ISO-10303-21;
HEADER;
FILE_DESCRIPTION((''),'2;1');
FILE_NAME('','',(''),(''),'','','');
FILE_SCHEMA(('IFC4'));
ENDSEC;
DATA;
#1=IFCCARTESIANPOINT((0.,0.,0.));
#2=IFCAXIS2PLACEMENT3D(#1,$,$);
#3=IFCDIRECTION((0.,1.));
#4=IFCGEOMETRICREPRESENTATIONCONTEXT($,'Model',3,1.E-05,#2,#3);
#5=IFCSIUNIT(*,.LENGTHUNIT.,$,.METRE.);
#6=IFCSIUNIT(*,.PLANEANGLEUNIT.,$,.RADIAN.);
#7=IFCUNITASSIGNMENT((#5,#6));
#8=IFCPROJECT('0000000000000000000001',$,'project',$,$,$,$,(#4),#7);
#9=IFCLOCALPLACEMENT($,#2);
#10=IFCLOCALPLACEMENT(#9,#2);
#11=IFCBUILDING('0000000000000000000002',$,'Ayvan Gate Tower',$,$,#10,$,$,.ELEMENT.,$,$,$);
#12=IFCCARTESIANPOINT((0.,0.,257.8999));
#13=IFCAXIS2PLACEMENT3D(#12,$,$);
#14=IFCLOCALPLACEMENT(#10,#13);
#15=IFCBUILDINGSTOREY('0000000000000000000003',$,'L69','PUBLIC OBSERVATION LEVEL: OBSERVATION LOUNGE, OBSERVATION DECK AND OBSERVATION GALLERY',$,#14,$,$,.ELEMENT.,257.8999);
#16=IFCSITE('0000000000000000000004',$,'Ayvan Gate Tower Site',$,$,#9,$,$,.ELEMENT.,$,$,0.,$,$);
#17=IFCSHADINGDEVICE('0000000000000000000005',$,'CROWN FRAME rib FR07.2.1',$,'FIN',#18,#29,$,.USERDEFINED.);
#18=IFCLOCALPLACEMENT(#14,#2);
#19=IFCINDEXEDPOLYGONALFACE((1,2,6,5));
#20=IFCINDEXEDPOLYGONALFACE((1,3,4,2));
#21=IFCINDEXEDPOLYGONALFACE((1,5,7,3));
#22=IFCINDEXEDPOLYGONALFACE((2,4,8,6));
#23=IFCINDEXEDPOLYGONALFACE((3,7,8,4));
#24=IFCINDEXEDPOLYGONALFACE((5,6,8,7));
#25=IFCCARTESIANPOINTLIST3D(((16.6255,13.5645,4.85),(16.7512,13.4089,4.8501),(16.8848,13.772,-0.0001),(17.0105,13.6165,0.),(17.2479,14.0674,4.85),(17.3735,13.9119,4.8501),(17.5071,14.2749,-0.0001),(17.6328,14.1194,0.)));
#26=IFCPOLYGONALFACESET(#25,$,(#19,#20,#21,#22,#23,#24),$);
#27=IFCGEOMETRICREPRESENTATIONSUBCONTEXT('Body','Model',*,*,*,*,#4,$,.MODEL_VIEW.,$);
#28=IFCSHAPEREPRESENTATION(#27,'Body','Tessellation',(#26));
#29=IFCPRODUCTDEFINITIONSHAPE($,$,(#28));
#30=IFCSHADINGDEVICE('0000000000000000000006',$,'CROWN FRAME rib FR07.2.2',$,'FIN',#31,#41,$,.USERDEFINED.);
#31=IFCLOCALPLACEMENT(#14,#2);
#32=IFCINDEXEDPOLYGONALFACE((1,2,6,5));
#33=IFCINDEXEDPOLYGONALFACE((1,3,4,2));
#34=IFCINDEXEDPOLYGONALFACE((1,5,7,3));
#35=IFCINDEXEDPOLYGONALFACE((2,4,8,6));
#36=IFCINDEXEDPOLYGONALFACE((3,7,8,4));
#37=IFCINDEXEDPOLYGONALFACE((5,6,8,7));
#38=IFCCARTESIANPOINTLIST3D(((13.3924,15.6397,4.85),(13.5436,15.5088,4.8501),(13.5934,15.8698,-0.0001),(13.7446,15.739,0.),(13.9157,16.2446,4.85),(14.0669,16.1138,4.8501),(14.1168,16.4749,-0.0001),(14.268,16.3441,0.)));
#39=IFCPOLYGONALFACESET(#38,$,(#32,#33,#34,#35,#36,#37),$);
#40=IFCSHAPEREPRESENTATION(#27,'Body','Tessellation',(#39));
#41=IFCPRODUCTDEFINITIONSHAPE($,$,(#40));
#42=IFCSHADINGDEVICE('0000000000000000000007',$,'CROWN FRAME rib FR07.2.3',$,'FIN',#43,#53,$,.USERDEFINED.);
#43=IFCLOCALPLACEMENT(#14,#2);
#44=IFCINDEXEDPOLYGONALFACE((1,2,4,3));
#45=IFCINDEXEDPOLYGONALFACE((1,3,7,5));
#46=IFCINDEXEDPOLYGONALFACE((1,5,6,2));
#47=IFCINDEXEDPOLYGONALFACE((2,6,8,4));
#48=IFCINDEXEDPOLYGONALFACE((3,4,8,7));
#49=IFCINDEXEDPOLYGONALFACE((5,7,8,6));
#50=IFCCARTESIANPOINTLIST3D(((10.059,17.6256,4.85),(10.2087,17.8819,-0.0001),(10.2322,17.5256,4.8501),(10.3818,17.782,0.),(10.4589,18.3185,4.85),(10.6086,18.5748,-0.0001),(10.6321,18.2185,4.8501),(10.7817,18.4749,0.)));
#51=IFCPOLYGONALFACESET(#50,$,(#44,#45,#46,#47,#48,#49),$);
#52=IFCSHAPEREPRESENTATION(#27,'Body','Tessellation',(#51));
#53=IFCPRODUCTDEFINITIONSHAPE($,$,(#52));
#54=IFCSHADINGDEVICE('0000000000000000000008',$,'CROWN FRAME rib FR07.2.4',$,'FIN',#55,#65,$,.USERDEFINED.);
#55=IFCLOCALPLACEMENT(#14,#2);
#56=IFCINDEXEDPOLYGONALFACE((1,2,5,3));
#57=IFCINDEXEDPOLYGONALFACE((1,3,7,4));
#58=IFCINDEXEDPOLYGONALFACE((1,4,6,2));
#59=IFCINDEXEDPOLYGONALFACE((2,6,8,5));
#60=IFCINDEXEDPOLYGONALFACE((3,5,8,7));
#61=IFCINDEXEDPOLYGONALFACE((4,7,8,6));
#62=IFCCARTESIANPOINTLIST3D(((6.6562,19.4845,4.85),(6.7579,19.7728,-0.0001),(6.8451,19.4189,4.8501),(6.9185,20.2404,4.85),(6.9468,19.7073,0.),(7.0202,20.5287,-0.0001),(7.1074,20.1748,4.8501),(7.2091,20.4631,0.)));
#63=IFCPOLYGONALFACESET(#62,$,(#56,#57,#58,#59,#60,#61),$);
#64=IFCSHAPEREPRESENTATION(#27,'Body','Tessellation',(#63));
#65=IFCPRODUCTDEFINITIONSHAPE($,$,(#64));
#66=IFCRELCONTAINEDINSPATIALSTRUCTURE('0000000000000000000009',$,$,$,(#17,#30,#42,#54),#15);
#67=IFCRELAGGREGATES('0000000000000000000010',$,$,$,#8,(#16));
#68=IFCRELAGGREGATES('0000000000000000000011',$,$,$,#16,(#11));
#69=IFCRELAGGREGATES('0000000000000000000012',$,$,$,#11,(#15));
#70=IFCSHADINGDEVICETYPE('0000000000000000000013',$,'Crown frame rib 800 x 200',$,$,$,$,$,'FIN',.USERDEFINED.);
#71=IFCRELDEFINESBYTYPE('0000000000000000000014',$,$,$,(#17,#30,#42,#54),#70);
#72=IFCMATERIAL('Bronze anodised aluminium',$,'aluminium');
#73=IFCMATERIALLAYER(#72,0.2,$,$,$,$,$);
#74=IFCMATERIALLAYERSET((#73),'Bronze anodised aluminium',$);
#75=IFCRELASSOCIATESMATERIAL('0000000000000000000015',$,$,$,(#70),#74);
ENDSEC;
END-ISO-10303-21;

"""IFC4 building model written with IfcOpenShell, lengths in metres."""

from ifc_helpers import new_model, si_unit, direction, frame, origin, place, context, subcontext, project, spatial, polyline, outline, extrude, material, layer, layer_set, type_object, element, save


model = new_model("IFC4")

# Units and contexts
model_context = context("Model", 3, precision=1e-05, world=origin(), true_north=direction((0.0, 1.0)))
body_context = subcontext(model_context, "Body", "Model", "MODEL_VIEW")
ifc_project = project(units=[si_unit("LENGTHUNIT", "METRE"), si_unit("PLANEANGLEUNIT", "RADIAN")], contexts=[model_context])

# Site, building, storey
site_placement = place(None, origin())
site = spatial("IfcSite", under=ifc_project, at=site_placement, Name="Ayvan Gate Tower Site", CompositionType="ELEMENT", RefElevation=0.0)
building_placement = place(site_placement, origin())
building = spatial("IfcBuilding", under=site, at=building_placement, Name="Ayvan Gate Tower", CompositionType="ELEMENT")
storey_placement = place(building_placement, frame((0.0, 0.0, 257.8999)))
storey = spatial("IfcBuildingStorey", under=building, at=storey_placement, Name="L69", Description="PUBLIC OBSERVATION LEVEL: OBSERVATION LOUNGE, OBSERVATION DECK AND OBSERVATION GALLERY", CompositionType="ELEMENT", Elevation=257.8999)

# Shared definitions
ifc_material_1 = material(Name="Bronze anodised aluminium", Category="aluminium")

# Shading devices
ifc_layer_1 = layer(ifc_material_1, 0.2)
ifc_layer_set_1 = layer_set([ifc_layer_1], Name="Bronze anodised aluminium")
shading_device_type = type_object("IfcShadingDeviceType", Name="Crown frame rib 800 x 200", ElementType="FIN", PredefinedType="USERDEFINED", material=ifc_layer_set_1)
shading_device_1_placement = place(storey_placement, frame((17.0105, 13.6165, 0.0), z_axis=(0.628557, -0.777763, 0.000324), x_axis=(0.777763, 0.628557, 0.0)))
element("IfcShadingDevice", 1, at=shading_device_1_placement, inside=storey, type_object=shading_device_type, Name="CROWN FRAME rib FR07.2.1", ObjectType="FIN", PredefinedType="USERDEFINED", context=body_context, shape_type="SweptSolid", body=[
    extrude(outline(polyline([(0.0, 0.0), (0.8001, 0.0), (0.468, 4.8501), (-0.3321, 4.8501), (0.0, 0.0)])), origin(), (0.0, 0.0, -1.0), 0.2),
])
shading_device_2_placement = place(storey_placement, frame((13.7446, 15.739, 0.0), z_axis=(0.756308, -0.654216, 0.000297), x_axis=(0.654216, 0.756308, 0.0)))
element("IfcShadingDevice", 2, at=shading_device_2_placement, inside=storey, type_object=shading_device_type, Name="CROWN FRAME rib FR07.2.2", ObjectType="FIN", PredefinedType="USERDEFINED", context=body_context, shape_type="SweptSolid", body=[
    extrude(outline(polyline([(0.0, 0.0), (0.8, 0.0), (0.4943, 4.8501), (-0.3056, 4.8501), (0.0, 0.0)])), origin(), (0.0, 0.0, -1.0), 0.2),
])
shading_device_3_placement = place(storey_placement, frame((10.3818, 17.782, 0.0), z_axis=(0.866094, -0.499881, 0.000304), x_axis=(0.499881, 0.866094, 0.0)))
element("IfcShadingDevice", 3, at=shading_device_3_placement, inside=storey, type_object=shading_device_type, Name="CROWN FRAME rib FR07.2.3", ObjectType="FIN", PredefinedType="USERDEFINED", context=body_context, shape_type="SweptSolid", body=[
    extrude(outline(polyline([(0.0, 0.0), (0.8, 0.0), (0.5032, 4.8501), (-0.2968, 4.8501), (0.0, 0.0)])), origin(), (0.0, 0.0, -1.0), 0.2),
])
shading_device_4_placement = place(storey_placement, frame((6.9468, 19.7073, 0.0), z_axis=(0.944721, -0.327876, 0.000315), x_axis=(0.327876, 0.944721, 0.0)))
element("IfcShadingDevice", 4, at=shading_device_4_placement, inside=storey, type_object=shading_device_type, Name="CROWN FRAME rib FR07.2.4", ObjectType="FIN", PredefinedType="USERDEFINED", context=body_context, shape_type="SweptSolid", body=[
    extrude(outline(polyline([(0.0, 0.0), (0.8, 0.0), (0.4944, 4.8501), (-0.3058, 4.8501), (0.0, 0.0)])), origin(), (0.0, 0.0, -1.0), 0.2),
])

save(model, "model.ifc")
